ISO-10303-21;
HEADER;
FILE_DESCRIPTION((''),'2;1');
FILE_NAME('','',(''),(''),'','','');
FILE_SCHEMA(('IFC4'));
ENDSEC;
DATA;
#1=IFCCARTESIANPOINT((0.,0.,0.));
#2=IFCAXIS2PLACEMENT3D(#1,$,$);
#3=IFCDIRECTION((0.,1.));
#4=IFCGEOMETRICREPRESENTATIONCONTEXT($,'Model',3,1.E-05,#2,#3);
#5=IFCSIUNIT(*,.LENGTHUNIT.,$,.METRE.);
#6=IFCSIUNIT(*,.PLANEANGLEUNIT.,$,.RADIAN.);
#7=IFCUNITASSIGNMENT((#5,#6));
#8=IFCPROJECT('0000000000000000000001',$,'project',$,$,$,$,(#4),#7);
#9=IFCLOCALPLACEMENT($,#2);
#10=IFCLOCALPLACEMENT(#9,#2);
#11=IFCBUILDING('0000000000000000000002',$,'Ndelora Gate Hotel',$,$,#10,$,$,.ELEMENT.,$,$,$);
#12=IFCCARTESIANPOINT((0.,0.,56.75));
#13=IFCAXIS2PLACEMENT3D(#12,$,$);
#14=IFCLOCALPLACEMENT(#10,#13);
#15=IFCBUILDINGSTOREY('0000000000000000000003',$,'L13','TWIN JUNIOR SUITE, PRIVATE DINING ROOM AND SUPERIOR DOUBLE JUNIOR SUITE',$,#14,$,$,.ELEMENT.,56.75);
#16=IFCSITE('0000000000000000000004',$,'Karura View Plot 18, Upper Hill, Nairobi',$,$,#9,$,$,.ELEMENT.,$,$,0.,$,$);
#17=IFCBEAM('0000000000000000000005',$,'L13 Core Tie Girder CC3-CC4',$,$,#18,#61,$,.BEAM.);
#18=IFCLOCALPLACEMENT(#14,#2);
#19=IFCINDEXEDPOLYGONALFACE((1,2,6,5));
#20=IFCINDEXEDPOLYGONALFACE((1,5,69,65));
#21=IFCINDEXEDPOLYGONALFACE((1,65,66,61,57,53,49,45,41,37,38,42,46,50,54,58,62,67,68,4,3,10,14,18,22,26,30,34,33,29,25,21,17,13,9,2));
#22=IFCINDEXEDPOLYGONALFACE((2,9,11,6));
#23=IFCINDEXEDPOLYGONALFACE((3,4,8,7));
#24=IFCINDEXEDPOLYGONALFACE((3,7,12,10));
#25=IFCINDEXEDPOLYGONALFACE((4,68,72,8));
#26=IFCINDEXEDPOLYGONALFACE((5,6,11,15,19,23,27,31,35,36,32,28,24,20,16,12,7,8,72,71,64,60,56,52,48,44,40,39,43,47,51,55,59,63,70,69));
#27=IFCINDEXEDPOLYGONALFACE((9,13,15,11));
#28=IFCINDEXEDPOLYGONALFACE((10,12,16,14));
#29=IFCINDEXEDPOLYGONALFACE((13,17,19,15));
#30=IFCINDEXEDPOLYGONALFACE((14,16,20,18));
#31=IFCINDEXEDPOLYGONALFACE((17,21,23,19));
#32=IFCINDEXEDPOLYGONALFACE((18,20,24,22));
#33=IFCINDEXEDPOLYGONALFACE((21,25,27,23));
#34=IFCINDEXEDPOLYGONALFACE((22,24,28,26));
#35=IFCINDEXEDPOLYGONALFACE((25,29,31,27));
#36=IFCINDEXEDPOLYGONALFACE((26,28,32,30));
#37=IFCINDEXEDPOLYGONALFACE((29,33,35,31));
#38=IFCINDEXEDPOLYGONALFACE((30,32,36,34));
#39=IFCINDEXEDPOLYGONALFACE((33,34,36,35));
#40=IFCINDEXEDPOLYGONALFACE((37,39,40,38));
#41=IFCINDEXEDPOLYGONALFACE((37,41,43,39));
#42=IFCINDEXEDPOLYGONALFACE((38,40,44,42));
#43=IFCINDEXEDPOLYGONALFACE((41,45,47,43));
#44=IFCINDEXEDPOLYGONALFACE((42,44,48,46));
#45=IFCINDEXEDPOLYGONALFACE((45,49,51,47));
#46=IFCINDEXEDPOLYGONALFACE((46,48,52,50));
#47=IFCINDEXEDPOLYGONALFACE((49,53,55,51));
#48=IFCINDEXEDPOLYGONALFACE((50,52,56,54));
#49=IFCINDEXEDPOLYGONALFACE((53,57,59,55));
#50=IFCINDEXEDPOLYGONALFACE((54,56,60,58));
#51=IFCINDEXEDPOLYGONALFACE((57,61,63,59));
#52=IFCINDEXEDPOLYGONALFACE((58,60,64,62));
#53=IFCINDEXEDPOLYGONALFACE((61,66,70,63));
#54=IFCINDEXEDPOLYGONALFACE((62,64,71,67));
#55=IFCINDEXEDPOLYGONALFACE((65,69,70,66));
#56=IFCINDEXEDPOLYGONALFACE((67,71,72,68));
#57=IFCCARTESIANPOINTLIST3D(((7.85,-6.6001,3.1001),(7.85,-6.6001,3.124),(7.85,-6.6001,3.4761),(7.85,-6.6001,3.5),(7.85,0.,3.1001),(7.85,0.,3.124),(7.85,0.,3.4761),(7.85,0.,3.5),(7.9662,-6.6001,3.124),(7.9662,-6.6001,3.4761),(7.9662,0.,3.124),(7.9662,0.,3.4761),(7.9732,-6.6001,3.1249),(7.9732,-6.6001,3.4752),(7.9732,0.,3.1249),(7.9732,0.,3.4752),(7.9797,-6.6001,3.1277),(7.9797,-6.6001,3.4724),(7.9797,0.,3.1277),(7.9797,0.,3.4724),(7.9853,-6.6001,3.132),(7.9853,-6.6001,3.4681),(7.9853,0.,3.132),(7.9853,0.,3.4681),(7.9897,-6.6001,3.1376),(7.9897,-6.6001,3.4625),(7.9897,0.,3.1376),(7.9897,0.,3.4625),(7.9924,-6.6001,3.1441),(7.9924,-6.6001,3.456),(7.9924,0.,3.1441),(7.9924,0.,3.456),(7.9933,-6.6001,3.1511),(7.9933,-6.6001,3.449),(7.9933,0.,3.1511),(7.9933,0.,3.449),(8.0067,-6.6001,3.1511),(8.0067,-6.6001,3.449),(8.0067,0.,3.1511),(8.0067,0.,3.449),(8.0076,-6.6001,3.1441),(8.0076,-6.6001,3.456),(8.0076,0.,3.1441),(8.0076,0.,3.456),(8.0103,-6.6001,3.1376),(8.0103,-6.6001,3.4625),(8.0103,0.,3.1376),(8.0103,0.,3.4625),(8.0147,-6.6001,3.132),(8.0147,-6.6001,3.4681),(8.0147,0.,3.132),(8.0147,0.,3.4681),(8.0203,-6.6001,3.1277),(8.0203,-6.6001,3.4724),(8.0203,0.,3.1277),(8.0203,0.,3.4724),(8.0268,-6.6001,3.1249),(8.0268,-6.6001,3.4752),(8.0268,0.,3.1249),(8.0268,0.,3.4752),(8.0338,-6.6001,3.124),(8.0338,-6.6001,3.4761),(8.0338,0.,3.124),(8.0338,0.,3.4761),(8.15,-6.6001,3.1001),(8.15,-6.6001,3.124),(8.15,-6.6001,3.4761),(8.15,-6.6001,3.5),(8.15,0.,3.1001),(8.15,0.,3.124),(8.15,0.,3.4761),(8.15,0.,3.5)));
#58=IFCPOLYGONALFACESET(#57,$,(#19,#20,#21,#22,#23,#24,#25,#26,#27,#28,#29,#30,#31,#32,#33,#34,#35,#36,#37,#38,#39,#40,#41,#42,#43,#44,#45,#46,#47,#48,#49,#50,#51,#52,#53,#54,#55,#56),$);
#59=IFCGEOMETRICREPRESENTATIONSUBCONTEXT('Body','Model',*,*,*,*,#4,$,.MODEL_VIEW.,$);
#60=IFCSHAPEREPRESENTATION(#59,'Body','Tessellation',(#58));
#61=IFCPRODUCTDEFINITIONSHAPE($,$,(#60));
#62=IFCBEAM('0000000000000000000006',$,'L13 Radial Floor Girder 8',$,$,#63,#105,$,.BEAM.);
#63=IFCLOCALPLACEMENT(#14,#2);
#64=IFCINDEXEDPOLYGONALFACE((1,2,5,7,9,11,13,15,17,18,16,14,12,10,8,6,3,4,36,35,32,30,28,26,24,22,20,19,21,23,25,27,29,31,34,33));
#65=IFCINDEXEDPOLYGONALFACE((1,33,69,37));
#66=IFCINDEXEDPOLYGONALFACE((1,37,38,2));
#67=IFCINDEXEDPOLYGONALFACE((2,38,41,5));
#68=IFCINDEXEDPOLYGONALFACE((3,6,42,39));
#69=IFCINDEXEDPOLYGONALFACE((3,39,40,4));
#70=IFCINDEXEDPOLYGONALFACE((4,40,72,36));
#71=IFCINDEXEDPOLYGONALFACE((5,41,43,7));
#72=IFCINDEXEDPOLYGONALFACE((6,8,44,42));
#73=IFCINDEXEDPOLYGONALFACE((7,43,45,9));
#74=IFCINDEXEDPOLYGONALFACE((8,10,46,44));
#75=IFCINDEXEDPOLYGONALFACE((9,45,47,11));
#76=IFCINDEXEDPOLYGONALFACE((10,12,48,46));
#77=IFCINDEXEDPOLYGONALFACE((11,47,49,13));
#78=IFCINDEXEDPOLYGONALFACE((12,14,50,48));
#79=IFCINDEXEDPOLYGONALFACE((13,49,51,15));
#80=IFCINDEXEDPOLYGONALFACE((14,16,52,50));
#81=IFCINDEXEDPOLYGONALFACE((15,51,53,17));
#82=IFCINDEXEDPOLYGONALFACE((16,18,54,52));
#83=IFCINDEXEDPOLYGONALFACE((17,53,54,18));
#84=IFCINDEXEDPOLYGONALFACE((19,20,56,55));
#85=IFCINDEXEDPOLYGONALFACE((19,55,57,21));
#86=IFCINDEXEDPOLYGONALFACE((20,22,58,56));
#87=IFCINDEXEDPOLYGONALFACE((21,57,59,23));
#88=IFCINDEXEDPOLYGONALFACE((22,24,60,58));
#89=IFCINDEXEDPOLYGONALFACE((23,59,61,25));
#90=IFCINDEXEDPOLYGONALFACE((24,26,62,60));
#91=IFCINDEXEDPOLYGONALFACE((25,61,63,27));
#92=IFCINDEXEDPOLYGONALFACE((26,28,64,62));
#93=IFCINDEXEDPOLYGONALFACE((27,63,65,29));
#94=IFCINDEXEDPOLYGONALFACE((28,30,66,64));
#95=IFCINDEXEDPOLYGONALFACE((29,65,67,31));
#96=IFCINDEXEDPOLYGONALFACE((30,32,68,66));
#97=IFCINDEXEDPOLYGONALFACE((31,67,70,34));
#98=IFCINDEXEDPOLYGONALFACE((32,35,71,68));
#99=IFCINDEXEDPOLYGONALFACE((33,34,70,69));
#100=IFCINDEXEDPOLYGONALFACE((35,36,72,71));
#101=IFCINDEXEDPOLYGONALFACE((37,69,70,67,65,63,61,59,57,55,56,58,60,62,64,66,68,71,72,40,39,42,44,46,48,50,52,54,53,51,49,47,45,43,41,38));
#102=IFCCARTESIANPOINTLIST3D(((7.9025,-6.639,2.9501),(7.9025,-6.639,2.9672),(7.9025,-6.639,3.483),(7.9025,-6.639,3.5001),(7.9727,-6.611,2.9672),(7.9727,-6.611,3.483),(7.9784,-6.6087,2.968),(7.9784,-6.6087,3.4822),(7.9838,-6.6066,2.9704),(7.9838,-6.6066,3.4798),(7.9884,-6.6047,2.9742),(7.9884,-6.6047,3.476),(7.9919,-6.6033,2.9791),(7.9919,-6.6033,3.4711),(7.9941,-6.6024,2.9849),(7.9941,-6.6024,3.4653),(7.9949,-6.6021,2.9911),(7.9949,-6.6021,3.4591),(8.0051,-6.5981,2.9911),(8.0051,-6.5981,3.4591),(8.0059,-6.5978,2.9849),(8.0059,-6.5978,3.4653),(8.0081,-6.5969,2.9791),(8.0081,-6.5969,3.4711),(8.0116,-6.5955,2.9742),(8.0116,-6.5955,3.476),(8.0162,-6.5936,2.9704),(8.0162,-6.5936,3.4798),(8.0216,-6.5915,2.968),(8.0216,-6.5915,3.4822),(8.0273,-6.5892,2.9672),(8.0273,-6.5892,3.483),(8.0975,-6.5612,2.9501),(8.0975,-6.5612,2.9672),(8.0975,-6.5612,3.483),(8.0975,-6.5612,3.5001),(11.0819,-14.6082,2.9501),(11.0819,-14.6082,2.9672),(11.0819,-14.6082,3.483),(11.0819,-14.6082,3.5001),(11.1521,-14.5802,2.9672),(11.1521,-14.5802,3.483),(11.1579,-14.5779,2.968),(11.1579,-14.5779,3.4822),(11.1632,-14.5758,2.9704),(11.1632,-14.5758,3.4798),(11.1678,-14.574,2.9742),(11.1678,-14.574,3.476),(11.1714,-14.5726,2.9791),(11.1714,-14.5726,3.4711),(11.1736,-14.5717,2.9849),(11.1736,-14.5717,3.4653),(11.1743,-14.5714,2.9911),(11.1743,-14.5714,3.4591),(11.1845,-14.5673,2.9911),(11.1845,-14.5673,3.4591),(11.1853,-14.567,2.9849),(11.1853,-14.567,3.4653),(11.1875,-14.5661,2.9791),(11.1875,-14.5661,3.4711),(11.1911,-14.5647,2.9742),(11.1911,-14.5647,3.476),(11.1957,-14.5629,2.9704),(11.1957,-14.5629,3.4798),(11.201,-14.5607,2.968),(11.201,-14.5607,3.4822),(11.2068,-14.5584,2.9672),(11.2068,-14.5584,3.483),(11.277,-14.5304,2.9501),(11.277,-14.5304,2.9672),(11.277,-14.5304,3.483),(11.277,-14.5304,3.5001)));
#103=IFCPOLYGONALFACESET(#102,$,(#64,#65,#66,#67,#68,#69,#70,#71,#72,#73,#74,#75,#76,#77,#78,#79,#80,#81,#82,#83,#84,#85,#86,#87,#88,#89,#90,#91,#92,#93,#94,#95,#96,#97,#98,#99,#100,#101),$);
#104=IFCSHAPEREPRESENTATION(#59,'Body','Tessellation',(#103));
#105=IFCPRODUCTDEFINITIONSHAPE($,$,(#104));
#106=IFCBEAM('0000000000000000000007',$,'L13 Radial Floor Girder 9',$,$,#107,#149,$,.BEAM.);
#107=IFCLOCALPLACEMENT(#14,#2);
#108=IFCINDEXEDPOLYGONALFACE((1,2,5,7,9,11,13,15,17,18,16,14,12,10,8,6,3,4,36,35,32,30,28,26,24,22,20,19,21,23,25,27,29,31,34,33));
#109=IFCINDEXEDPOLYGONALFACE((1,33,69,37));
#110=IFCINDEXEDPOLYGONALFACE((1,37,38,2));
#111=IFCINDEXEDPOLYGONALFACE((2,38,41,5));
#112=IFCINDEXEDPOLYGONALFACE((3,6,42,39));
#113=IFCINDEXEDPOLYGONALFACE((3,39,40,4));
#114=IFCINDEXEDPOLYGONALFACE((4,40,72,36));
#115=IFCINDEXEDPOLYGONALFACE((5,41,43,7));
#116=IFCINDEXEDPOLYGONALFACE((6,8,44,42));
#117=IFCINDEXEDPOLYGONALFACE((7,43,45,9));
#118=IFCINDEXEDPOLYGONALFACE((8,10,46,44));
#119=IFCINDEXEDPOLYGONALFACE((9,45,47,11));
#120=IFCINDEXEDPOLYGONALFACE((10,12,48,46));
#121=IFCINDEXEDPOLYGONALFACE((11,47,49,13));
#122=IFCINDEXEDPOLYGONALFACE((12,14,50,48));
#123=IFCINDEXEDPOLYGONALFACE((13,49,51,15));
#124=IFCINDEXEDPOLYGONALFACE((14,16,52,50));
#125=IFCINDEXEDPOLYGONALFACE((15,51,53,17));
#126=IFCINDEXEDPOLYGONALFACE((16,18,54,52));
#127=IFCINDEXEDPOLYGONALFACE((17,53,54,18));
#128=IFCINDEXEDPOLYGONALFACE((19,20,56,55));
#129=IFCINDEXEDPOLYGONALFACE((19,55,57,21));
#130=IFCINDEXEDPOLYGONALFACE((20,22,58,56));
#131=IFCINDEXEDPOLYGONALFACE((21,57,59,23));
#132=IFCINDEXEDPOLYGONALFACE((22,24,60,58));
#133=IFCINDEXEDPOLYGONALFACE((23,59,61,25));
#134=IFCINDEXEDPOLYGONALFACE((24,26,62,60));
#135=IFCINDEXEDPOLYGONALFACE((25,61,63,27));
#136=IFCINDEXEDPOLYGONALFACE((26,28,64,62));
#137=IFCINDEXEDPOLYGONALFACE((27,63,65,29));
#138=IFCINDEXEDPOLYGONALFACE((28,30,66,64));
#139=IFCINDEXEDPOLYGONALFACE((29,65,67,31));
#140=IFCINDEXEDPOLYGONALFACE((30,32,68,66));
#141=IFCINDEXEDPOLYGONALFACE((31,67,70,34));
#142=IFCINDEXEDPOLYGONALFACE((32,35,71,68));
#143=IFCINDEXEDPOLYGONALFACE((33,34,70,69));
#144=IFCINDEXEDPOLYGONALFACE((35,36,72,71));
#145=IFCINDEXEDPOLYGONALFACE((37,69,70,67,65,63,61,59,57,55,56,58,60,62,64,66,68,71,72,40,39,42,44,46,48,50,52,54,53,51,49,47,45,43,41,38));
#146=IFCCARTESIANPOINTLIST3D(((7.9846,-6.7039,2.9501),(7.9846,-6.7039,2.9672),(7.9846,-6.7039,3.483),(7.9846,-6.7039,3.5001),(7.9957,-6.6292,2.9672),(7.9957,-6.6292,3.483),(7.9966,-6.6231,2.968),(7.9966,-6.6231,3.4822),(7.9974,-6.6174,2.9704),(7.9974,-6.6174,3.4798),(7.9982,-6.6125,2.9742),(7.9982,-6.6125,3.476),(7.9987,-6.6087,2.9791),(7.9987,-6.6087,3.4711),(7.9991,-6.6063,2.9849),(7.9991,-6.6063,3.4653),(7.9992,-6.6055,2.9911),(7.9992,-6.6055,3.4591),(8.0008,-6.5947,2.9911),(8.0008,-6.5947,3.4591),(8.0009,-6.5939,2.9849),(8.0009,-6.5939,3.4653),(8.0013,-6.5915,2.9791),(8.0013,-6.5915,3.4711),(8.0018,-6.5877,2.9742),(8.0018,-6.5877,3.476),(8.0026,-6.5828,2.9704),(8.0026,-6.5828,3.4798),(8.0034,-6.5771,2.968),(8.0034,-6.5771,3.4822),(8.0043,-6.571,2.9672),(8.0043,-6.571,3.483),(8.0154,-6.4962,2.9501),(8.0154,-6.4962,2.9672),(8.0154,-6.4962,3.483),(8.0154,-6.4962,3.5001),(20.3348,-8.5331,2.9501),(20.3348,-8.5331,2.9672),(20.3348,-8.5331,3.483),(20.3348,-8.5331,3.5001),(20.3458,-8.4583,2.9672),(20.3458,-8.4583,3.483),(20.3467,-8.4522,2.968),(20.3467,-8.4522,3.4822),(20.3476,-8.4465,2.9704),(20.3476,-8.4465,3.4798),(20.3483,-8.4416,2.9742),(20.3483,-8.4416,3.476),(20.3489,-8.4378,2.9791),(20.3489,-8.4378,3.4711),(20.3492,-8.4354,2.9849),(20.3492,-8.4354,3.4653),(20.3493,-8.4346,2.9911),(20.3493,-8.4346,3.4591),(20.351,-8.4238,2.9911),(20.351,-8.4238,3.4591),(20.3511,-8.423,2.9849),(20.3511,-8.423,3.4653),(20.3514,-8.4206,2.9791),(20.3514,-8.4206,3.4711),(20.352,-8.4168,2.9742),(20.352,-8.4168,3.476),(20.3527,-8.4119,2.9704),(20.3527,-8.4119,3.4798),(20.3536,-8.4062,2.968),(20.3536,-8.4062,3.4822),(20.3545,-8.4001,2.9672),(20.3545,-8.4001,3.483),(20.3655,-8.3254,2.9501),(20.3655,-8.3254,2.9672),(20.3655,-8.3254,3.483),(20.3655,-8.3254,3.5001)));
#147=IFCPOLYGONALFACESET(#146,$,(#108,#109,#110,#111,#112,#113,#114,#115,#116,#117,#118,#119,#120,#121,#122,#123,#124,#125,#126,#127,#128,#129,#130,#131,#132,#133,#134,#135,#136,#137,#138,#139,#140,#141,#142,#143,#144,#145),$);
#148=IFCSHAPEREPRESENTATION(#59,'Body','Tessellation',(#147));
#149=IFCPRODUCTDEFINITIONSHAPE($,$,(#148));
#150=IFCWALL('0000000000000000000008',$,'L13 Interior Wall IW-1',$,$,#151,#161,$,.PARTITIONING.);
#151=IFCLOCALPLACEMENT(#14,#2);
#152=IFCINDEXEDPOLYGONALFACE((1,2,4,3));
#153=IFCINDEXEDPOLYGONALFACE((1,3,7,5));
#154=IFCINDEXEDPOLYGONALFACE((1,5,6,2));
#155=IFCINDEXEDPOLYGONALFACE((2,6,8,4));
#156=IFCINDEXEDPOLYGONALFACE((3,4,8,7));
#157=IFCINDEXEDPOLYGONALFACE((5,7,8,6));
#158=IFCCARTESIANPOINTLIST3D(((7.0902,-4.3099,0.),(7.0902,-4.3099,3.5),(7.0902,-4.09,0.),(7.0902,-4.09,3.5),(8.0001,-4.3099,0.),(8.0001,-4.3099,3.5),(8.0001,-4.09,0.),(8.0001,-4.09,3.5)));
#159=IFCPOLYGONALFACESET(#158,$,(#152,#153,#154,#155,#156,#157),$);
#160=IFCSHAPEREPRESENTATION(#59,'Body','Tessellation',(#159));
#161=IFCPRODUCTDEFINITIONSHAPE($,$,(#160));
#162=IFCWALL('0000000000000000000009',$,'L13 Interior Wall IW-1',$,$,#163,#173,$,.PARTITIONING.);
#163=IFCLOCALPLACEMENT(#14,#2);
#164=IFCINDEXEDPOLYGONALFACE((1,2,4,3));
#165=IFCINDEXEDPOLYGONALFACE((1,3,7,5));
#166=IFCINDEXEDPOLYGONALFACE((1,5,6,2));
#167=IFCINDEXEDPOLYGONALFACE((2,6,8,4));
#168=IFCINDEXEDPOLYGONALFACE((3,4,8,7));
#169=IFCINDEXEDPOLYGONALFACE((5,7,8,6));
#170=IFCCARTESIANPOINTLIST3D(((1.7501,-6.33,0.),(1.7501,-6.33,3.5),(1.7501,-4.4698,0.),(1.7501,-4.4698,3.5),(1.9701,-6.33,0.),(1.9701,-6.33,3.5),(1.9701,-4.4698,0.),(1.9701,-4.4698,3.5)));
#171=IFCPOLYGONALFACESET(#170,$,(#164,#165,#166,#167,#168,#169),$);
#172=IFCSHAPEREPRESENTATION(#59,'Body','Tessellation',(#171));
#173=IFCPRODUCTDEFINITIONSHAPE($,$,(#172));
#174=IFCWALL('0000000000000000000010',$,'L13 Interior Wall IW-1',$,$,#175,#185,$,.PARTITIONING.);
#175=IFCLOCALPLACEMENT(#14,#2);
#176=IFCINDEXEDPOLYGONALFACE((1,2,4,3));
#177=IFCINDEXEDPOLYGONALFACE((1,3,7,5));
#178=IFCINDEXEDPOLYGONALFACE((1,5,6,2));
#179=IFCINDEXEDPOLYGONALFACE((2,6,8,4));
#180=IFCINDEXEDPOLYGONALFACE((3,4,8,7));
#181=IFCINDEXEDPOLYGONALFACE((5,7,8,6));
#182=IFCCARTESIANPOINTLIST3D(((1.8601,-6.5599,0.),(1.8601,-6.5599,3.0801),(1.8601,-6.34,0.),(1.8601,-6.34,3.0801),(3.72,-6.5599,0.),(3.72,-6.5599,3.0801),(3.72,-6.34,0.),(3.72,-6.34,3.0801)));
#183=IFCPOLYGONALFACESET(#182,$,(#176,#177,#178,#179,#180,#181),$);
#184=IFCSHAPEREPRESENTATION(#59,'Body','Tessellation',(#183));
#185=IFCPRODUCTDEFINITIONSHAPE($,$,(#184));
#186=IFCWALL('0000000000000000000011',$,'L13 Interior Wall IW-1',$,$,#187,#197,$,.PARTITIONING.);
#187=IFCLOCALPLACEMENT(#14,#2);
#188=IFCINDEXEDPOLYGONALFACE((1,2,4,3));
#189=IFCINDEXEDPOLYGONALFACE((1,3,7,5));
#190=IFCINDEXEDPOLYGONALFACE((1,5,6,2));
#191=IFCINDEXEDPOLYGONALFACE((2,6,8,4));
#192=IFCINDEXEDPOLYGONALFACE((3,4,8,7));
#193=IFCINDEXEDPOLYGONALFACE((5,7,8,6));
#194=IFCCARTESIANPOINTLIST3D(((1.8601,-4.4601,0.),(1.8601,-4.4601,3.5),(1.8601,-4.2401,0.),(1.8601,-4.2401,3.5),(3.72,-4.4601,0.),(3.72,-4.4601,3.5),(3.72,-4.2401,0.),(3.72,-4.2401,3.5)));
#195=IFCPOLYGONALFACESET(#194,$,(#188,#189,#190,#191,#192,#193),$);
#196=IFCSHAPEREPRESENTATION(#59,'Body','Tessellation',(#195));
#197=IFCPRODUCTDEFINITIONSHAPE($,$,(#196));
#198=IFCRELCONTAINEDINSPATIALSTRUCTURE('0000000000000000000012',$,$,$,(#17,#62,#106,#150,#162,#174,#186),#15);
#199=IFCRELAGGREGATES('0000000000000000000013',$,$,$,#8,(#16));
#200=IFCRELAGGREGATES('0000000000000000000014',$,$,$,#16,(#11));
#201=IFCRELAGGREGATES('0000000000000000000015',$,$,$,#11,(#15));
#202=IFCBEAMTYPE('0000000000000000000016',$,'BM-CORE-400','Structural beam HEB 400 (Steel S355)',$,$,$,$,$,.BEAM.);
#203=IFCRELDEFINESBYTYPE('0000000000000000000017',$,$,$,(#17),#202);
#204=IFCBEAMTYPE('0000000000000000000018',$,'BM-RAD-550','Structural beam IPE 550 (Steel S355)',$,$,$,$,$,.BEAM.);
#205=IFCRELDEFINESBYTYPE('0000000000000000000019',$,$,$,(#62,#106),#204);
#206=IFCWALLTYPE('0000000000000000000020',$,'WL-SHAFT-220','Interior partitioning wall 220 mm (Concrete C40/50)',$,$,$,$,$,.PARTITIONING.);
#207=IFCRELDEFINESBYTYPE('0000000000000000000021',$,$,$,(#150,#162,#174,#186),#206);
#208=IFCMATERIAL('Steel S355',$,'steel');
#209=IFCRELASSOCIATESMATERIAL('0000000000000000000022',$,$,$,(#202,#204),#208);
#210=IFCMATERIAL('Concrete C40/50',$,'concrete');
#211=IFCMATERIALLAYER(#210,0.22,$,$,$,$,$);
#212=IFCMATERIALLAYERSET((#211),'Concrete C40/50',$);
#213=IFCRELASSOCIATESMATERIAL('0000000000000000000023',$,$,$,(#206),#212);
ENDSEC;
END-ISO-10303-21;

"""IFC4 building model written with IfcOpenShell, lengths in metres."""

from ifc_helpers import new_model, si_unit, direction, frame, frame_2d, origin, origin_2d, place, context, subcontext, project, spatial, rectangle, i_section, extrude, material, layer, layer_set, material_profile, profile_set, type_object, element, save


model = new_model("IFC4")

# Units and contexts
model_context = context("Model", 3, precision=1e-05, world=origin(), true_north=direction((0.0, 1.0)))
body_context = subcontext(model_context, "Body", "Model", "MODEL_VIEW")
ifc_project = project(units=[si_unit("LENGTHUNIT", "METRE"), si_unit("PLANEANGLEUNIT", "RADIAN")], contexts=[model_context])

# Site, building, storey
site_placement = place(None, origin())
site = spatial("IfcSite", under=ifc_project, at=site_placement, Name="Karura View Plot 18, Upper Hill, Nairobi", CompositionType="ELEMENT", RefElevation=0.0)
building_placement = place(site_placement, origin())
building = spatial("IfcBuilding", under=site, at=building_placement, Name="Ndelora Gate Hotel", CompositionType="ELEMENT")
storey_placement = place(building_placement, frame((0.0, 0.0, 56.75)))
storey = spatial("IfcBuildingStorey", under=building, at=storey_placement, Name="L13", Description="TWIN JUNIOR SUITE, PRIVATE DINING ROOM AND SUPERIOR DOUBLE JUNIOR SUITE", CompositionType="ELEMENT", Elevation=56.75)

# Beams
ifc_material_1 = material(Name="Steel S355", Category="steel")
ifc_material_profile_1 = material_profile(ifc_material_1, i_section(OverallWidth=0.3, OverallDepth=0.3999, WebThickness=0.0134, FlangeThickness=0.0239, FilletRadius=0.0271, at=origin_2d()), Name="HEB 400")
ifc_profile_set_1 = profile_set([ifc_material_profile_1], Name="Steel S355")
beam_type_1 = type_object("IfcBeamType", Name="BM-CORE-400", Description="Structural beam HEB 400 (Steel S355)", PredefinedType="BEAM", material=ifc_profile_set_1)
beam_1_placement = place(storey_placement, frame((8.0, -6.6001, 3.3), z_axis=(0.0, 1.0, 0.0), x_axis=(-1.0, 0.0, 0.0)))
element("IfcBeam", 1, at=beam_1_placement, inside=storey, type_object=beam_type_1, Name="L13 Core Tie Girder CC3-CC4", PredefinedType="BEAM", context=body_context, shape_type="SweptSolid", body=[
    extrude(i_section(OverallWidth=0.3, OverallDepth=0.3999, WebThickness=0.0134, FlangeThickness=0.0239, FilletRadius=0.0271, at=origin_2d()), origin(), (0.0, 0.0, 1.0), 6.6001),
])
ifc_material_profile_2 = material_profile(ifc_material_1, i_section(OverallWidth=0.21, OverallDepth=0.55, WebThickness=0.011, FlangeThickness=0.0171, FilletRadius=0.0239, at=origin_2d()), Name="IPE 550")
ifc_profile_set_2 = profile_set([ifc_material_profile_2], Name="Steel S355")
beam_type_2 = type_object("IfcBeamType", Name="BM-RAD-550", Description="Structural beam IPE 550 (Steel S355)", PredefinedType="BEAM", material=ifc_profile_set_2)
beam_2_placement = place(storey_placement, frame((8.0, -6.6001, 3.2251), z_axis=(0.370561, -0.928808, 0.0), x_axis=(0.928808, 0.370561, 0.0)))
element("IfcBeam", 2, at=beam_2_placement, inside=storey, type_object=beam_type_2, Name="L13 Radial Floor Girder 8", PredefinedType="BEAM", context=body_context, shape_type="SweptSolid", body=[
    extrude(i_section(OverallWidth=0.21, OverallDepth=0.55, WebThickness=0.011, FlangeThickness=0.0171, FilletRadius=0.0239, at=origin_2d()), origin(), (0.0, 0.0, 1.0), 8.5801),
])
beam_3_placement = place(storey_placement, frame((8.0, -6.6001, 3.2251), z_axis=(0.98921, -0.146506, 0.0), x_axis=(0.146506, 0.98921, 0.0)))
element("IfcBeam", 3, at=beam_3_placement, inside=storey, type_object=beam_type_2, Name="L13 Radial Floor Girder 9", PredefinedType="BEAM", context=body_context, shape_type="SweptSolid", body=[
    extrude(i_section(OverallWidth=0.21, OverallDepth=0.55, WebThickness=0.011, FlangeThickness=0.0171, FilletRadius=0.0239, at=origin_2d()), origin(), (0.0, 0.0, 1.0), 12.4849),
])

# Walls
ifc_material_2 = material(Name="Concrete C40/50", Category="concrete")
ifc_layer_1 = layer(ifc_material_2, 0.22)
ifc_layer_set_1 = layer_set([ifc_layer_1], Name="Concrete C40/50")
wall_type_1 = type_object("IfcWallType", Name="WL-SHAFT-220", Description="Interior partitioning wall 220 mm (Concrete C40/50)", PredefinedType="PARTITIONING", material=ifc_layer_set_1)
wall_1_placement = place(storey_placement, frame((7.0901, -4.2, 0.0), z_axis=(0.0, 0.0, 1.0), x_axis=(1.0, 0.0, 0.0)))
element("IfcWall", 4, at=wall_1_placement, inside=storey, type_object=wall_type_1, Name="L13 Interior Wall IW-1", PredefinedType="PARTITIONING", context=body_context, shape_type="SweptSolid", body=[
    extrude(rectangle(XDim=0.9099, YDim=0.22, at=frame_2d((0.4551, 0.0))), origin(), (0.0, 0.0, 1.0), 3.5),
])
wall_2_placement = place(storey_placement, frame((1.8601, -6.3301, 0.0), z_axis=(0.0, 0.0, 1.0), x_axis=(0.0, 1.0, 0.0)))
element("IfcWall", 5, at=wall_2_placement, inside=storey, type_object=wall_type_1, Name="L13 Interior Wall IW-1", PredefinedType="PARTITIONING", context=body_context, shape_type="SweptSolid", body=[
    extrude(rectangle(XDim=1.8601, YDim=0.22, at=frame_2d((0.9302, 0.0))), origin(), (0.0, 0.0, 1.0), 3.5),
])
wall_3_placement = place(storey_placement, frame((1.8601, -6.45, 0.0), z_axis=(0.0, 0.0, 1.0), x_axis=(1.0, 0.0, 0.0)))
element("IfcWall", 6, at=wall_3_placement, inside=storey, type_object=wall_type_1, Name="L13 Interior Wall IW-1", PredefinedType="PARTITIONING", context=body_context, shape_type="SweptSolid", body=[
    extrude(rectangle(XDim=1.8599, YDim=0.22, at=frame_2d((0.9299, 0.0))), origin(), (0.0, 0.0, 1.0), 3.0801),
])
wall_4_placement = place(storey_placement, frame((1.8601, -4.3501, 0.0), z_axis=(0.0, 0.0, 1.0), x_axis=(1.0, 0.0, 0.0)))
element("IfcWall", 7, at=wall_4_placement, inside=storey, type_object=wall_type_1, Name="L13 Interior Wall IW-1", PredefinedType="PARTITIONING", context=body_context, shape_type="SweptSolid", body=[
    extrude(rectangle(XDim=1.8599, YDim=0.22, at=frame_2d((0.9299, 0.0))), origin(), (0.0, 0.0, 1.0), 3.5),
])

save(model, "model.ifc")
